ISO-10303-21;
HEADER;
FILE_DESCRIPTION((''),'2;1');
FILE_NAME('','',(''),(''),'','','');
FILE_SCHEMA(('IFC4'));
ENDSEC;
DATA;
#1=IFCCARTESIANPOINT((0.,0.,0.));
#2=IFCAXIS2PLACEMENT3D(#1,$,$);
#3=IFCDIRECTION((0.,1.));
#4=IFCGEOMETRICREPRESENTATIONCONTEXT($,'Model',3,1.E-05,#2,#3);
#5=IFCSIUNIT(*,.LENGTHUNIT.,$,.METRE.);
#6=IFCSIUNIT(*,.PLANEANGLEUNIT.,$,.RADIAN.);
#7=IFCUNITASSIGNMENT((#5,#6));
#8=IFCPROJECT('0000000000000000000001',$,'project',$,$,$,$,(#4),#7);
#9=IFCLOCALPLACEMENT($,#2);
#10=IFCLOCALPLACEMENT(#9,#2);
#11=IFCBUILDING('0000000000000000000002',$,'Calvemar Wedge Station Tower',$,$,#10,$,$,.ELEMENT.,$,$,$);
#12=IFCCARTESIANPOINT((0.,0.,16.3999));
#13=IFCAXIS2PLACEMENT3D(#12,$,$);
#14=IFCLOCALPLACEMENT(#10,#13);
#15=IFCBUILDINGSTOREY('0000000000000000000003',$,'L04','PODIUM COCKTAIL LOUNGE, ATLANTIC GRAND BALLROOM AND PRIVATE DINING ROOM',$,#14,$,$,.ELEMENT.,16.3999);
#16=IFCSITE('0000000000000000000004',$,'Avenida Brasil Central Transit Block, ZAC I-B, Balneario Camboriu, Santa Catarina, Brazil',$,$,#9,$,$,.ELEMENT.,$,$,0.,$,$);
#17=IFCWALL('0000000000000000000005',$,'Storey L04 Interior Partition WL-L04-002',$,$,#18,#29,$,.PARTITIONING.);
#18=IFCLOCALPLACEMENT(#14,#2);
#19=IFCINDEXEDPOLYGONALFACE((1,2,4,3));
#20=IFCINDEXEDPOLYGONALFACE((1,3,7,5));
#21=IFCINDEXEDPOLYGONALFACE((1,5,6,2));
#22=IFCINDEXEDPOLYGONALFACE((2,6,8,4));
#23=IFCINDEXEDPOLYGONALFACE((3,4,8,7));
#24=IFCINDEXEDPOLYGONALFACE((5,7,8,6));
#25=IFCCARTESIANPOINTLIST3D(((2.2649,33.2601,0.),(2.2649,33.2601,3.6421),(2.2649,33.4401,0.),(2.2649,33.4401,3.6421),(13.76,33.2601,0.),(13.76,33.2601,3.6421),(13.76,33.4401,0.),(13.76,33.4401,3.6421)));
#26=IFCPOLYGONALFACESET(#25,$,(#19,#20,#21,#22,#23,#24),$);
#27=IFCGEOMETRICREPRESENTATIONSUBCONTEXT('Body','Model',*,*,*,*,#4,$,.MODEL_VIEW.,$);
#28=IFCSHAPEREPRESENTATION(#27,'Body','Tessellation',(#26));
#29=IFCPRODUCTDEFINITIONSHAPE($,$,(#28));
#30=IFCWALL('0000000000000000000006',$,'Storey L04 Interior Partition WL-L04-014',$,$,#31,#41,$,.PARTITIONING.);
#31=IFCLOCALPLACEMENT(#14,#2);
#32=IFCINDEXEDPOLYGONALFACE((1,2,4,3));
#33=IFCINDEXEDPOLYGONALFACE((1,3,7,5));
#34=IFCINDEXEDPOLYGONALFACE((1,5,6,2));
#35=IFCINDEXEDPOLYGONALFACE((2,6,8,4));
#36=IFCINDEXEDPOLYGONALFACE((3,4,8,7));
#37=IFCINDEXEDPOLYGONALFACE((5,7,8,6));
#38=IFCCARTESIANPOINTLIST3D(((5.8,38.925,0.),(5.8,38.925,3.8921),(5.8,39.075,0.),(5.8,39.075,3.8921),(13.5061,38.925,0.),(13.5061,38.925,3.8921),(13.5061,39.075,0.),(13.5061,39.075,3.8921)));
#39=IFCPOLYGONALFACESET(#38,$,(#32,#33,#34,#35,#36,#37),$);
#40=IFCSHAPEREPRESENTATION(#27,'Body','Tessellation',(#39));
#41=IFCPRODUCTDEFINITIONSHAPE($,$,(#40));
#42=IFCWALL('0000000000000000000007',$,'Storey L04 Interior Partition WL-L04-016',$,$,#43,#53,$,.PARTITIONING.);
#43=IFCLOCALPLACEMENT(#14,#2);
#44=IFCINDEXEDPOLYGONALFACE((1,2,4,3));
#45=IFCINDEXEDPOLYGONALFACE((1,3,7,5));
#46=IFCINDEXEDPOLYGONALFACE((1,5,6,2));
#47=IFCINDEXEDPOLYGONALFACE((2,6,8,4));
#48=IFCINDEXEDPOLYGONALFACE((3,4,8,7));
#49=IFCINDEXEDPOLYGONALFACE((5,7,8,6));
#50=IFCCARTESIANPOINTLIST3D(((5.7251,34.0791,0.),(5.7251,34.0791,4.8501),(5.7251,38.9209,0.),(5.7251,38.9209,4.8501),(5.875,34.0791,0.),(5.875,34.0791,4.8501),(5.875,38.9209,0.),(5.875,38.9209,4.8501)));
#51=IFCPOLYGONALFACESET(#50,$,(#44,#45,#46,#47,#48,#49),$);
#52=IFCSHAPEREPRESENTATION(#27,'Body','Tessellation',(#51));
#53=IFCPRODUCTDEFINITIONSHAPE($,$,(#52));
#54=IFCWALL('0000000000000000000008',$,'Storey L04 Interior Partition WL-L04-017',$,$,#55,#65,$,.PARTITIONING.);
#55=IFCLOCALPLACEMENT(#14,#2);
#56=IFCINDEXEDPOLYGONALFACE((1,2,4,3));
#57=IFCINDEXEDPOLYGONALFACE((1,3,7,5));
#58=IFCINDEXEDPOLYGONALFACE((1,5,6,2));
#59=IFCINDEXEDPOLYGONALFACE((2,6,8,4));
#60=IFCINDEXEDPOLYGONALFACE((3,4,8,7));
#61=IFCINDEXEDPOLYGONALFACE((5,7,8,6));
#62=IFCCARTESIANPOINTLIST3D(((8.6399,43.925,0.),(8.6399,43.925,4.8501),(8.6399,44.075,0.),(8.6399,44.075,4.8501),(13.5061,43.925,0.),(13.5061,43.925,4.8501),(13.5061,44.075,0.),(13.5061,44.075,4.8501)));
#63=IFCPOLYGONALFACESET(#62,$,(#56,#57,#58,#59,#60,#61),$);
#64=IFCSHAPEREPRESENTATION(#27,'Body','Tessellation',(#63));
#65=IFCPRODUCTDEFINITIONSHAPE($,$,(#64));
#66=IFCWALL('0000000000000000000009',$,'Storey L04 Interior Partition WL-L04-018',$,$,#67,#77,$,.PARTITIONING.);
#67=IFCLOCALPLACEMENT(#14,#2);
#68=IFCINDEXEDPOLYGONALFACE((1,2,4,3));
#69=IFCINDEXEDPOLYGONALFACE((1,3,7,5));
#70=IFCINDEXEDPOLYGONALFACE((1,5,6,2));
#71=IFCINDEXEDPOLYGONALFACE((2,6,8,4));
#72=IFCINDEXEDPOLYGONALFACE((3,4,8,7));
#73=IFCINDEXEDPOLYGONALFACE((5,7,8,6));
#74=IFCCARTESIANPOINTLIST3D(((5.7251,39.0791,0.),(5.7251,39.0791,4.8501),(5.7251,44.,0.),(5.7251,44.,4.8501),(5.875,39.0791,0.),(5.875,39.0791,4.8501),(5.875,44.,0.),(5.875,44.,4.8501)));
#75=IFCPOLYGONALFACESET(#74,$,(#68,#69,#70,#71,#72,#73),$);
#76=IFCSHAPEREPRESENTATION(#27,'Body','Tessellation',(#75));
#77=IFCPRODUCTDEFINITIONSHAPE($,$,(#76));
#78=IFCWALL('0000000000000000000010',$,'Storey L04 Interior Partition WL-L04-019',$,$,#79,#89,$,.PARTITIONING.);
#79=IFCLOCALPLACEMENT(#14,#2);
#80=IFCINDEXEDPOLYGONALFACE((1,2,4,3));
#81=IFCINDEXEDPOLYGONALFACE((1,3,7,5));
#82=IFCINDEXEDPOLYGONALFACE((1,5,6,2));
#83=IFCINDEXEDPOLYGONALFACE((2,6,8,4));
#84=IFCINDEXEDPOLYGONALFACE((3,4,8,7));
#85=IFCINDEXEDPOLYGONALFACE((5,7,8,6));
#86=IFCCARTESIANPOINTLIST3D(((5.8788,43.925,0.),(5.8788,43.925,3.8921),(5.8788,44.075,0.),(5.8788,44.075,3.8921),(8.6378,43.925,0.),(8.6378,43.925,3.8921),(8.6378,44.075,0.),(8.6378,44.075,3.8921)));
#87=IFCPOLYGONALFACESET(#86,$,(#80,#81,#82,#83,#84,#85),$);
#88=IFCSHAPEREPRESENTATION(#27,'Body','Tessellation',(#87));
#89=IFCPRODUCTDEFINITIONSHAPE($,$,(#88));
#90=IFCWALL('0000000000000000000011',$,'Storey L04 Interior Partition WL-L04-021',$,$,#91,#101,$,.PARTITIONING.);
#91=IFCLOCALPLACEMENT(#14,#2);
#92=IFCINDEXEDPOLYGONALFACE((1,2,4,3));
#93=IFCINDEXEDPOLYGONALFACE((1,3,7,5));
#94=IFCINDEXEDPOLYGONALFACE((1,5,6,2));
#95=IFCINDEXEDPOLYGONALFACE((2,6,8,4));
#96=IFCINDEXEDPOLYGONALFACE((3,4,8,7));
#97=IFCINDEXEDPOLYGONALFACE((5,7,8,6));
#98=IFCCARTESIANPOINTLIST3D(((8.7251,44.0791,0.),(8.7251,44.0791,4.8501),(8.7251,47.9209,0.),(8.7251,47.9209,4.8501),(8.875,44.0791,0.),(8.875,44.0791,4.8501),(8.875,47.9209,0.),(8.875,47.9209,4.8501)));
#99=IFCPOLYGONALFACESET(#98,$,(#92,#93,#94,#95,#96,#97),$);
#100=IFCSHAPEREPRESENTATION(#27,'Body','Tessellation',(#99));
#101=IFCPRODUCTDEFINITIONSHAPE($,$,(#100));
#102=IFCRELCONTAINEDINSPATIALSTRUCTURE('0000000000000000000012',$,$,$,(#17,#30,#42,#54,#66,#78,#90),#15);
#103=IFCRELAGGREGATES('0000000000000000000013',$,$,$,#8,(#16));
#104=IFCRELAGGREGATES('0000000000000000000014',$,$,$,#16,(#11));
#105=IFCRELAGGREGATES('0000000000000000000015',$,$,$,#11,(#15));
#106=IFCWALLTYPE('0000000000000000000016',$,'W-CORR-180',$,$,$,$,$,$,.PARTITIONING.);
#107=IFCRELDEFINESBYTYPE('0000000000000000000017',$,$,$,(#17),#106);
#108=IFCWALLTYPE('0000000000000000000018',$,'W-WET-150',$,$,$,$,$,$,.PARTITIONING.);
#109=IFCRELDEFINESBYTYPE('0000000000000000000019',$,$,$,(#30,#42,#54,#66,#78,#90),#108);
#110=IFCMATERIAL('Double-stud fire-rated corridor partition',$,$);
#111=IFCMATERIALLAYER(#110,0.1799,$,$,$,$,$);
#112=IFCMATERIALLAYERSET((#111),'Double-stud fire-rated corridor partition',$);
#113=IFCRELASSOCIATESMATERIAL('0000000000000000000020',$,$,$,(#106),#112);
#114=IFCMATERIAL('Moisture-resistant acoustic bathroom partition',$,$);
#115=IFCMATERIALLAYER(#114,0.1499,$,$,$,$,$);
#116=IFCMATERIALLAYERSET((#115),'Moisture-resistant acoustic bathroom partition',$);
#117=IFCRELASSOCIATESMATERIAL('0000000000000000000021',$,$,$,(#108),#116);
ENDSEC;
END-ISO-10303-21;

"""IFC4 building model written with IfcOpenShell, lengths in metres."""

from ifc_helpers import new_model, si_unit, direction, frame, frame_2d, origin, place, context, subcontext, project, spatial, rectangle, extrude, material, layer, layer_set, type_object, element, save


model = new_model("IFC4")

# Units and contexts
model_context = context("Model", 3, precision=1e-05, world=origin(), true_north=direction((0.0, 1.0)))
body_context = subcontext(model_context, "Body", "Model", "MODEL_VIEW")
ifc_project = project(units=[si_unit("LENGTHUNIT", "METRE"), si_unit("PLANEANGLEUNIT", "RADIAN")], contexts=[model_context])

# Site, building, storey
site_placement = place(None, origin())
site = spatial("IfcSite", under=ifc_project, at=site_placement, Name="Avenida Brasil Central Transit Block, ZAC I-B, Balneario Camboriu, Santa Catarina, Brazil", CompositionType="ELEMENT", RefElevation=0.0)
building_placement = place(site_placement, origin())
building = spatial("IfcBuilding", under=site, at=building_placement, Name="Calvemar Wedge Station Tower", CompositionType="ELEMENT")
storey_placement = place(building_placement, frame((0.0, 0.0, 16.3999)))
storey = spatial("IfcBuildingStorey", under=building, at=storey_placement, Name="L04", Description="PODIUM COCKTAIL LOUNGE, ATLANTIC GRAND BALLROOM AND PRIVATE DINING ROOM", CompositionType="ELEMENT", Elevation=16.3999)

# Walls
ifc_material_1 = material(Name="Double-stud fire-rated corridor partition")
ifc_layer_1 = layer(ifc_material_1, 0.1799)
ifc_layer_set_1 = layer_set([ifc_layer_1], Name="Double-stud fire-rated corridor partition")
wall_type_1 = type_object("IfcWallType", Name="W-CORR-180", PredefinedType="PARTITIONING", material=ifc_layer_set_1)
wall_1_placement = place(storey_placement, frame((2.2649, 33.3501, 0.0), z_axis=(0.0, 0.0, 1.0), x_axis=(1.0, 0.0, 0.0)))
element("IfcWall", 1, at=wall_1_placement, inside=storey, type_object=wall_type_1, Name="Storey L04 Interior Partition WL-L04-002", PredefinedType="PARTITIONING", context=body_context, shape_type="SweptSolid", body=[
    extrude(rectangle(XDim=11.4951, YDim=0.1799, at=frame_2d((5.7476, 0.0))), origin(), (0.0, 0.0, 1.0), 3.6421),
])
ifc_material_2 = material(Name="Moisture-resistant acoustic bathroom partition")
ifc_layer_2 = layer(ifc_material_2, 0.1499)
ifc_layer_set_2 = layer_set([ifc_layer_2], Name="Moisture-resistant acoustic bathroom partition")
wall_type_2 = type_object("IfcWallType", Name="W-WET-150", PredefinedType="PARTITIONING", material=ifc_layer_set_2)
wall_2_placement = place(storey_placement, frame((5.8, 39.0, 0.0), z_axis=(0.0, 0.0, 1.0), x_axis=(1.0, 0.0, 0.0)))
element("IfcWall", 2, at=wall_2_placement, inside=storey, type_object=wall_type_2, Name="Storey L04 Interior Partition WL-L04-014", PredefinedType="PARTITIONING", context=body_context, shape_type="SweptSolid", body=[
    extrude(rectangle(XDim=7.7061, YDim=0.1499, at=frame_2d((3.853, 0.0))), origin(), (0.0, 0.0, 1.0), 3.8921),
])
wall_3_placement = place(storey_placement, frame((5.8, 34.0791, 0.0), z_axis=(0.0, 0.0, 1.0), x_axis=(0.0, 1.0, 0.0)))
element("IfcWall", 3, at=wall_3_placement, inside=storey, type_object=wall_type_2, Name="Storey L04 Interior Partition WL-L04-016", PredefinedType="PARTITIONING", context=body_context, shape_type="SweptSolid", body=[
    extrude(rectangle(XDim=4.8418, YDim=0.1499, at=frame_2d((2.4209, 0.0))), origin(), (0.0, 0.0, 1.0), 4.8501),
])
wall_4_placement = place(storey_placement, frame((8.6399, 44.0, 0.0), z_axis=(0.0, 0.0, 1.0), x_axis=(1.0, 0.0, 0.0)))
element("IfcWall", 4, at=wall_4_placement, inside=storey, type_object=wall_type_2, Name="Storey L04 Interior Partition WL-L04-017", PredefinedType="PARTITIONING", context=body_context, shape_type="SweptSolid", body=[
    extrude(rectangle(XDim=4.8662, YDim=0.1499, at=frame_2d((2.4331, 0.0))), origin(), (0.0, 0.0, 1.0), 4.8501),
])
wall_5_placement = place(storey_placement, frame((5.8, 39.0791, 0.0), z_axis=(0.0, 0.0, 1.0), x_axis=(0.0, 1.0, 0.0)))
element("IfcWall", 5, at=wall_5_placement, inside=storey, type_object=wall_type_2, Name="Storey L04 Interior Partition WL-L04-018", PredefinedType="PARTITIONING", context=body_context, shape_type="SweptSolid", body=[
    extrude(rectangle(XDim=4.9209, YDim=0.1499, at=frame_2d((2.4604, 0.0))), origin(), (0.0, 0.0, 1.0), 4.8501),
])
wall_6_placement = place(storey_placement, frame((5.8789, 44.0, 0.0), z_axis=(0.0, 0.0, 1.0), x_axis=(1.0, 0.0, 0.0)))
element("IfcWall", 6, at=wall_6_placement, inside=storey, type_object=wall_type_2, Name="Storey L04 Interior Partition WL-L04-019", PredefinedType="PARTITIONING", context=body_context, shape_type="SweptSolid", body=[
    extrude(rectangle(XDim=2.759, YDim=0.1499, at=frame_2d((1.3794, 0.0))), origin(), (0.0, 0.0, 1.0), 3.8921),
])
wall_7_placement = place(storey_placement, frame((8.8, 44.0791, 0.0), z_axis=(0.0, 0.0, 1.0), x_axis=(0.0, 1.0, 0.0)))
element("IfcWall", 7, at=wall_7_placement, inside=storey, type_object=wall_type_2, Name="Storey L04 Interior Partition WL-L04-021", PredefinedType="PARTITIONING", context=body_context, shape_type="SweptSolid", body=[
    extrude(rectangle(XDim=3.8418, YDim=0.1499, at=frame_2d((1.9209, 0.0))), origin(), (0.0, 0.0, 1.0), 4.8501),
])

save(model, "model.ifc")
